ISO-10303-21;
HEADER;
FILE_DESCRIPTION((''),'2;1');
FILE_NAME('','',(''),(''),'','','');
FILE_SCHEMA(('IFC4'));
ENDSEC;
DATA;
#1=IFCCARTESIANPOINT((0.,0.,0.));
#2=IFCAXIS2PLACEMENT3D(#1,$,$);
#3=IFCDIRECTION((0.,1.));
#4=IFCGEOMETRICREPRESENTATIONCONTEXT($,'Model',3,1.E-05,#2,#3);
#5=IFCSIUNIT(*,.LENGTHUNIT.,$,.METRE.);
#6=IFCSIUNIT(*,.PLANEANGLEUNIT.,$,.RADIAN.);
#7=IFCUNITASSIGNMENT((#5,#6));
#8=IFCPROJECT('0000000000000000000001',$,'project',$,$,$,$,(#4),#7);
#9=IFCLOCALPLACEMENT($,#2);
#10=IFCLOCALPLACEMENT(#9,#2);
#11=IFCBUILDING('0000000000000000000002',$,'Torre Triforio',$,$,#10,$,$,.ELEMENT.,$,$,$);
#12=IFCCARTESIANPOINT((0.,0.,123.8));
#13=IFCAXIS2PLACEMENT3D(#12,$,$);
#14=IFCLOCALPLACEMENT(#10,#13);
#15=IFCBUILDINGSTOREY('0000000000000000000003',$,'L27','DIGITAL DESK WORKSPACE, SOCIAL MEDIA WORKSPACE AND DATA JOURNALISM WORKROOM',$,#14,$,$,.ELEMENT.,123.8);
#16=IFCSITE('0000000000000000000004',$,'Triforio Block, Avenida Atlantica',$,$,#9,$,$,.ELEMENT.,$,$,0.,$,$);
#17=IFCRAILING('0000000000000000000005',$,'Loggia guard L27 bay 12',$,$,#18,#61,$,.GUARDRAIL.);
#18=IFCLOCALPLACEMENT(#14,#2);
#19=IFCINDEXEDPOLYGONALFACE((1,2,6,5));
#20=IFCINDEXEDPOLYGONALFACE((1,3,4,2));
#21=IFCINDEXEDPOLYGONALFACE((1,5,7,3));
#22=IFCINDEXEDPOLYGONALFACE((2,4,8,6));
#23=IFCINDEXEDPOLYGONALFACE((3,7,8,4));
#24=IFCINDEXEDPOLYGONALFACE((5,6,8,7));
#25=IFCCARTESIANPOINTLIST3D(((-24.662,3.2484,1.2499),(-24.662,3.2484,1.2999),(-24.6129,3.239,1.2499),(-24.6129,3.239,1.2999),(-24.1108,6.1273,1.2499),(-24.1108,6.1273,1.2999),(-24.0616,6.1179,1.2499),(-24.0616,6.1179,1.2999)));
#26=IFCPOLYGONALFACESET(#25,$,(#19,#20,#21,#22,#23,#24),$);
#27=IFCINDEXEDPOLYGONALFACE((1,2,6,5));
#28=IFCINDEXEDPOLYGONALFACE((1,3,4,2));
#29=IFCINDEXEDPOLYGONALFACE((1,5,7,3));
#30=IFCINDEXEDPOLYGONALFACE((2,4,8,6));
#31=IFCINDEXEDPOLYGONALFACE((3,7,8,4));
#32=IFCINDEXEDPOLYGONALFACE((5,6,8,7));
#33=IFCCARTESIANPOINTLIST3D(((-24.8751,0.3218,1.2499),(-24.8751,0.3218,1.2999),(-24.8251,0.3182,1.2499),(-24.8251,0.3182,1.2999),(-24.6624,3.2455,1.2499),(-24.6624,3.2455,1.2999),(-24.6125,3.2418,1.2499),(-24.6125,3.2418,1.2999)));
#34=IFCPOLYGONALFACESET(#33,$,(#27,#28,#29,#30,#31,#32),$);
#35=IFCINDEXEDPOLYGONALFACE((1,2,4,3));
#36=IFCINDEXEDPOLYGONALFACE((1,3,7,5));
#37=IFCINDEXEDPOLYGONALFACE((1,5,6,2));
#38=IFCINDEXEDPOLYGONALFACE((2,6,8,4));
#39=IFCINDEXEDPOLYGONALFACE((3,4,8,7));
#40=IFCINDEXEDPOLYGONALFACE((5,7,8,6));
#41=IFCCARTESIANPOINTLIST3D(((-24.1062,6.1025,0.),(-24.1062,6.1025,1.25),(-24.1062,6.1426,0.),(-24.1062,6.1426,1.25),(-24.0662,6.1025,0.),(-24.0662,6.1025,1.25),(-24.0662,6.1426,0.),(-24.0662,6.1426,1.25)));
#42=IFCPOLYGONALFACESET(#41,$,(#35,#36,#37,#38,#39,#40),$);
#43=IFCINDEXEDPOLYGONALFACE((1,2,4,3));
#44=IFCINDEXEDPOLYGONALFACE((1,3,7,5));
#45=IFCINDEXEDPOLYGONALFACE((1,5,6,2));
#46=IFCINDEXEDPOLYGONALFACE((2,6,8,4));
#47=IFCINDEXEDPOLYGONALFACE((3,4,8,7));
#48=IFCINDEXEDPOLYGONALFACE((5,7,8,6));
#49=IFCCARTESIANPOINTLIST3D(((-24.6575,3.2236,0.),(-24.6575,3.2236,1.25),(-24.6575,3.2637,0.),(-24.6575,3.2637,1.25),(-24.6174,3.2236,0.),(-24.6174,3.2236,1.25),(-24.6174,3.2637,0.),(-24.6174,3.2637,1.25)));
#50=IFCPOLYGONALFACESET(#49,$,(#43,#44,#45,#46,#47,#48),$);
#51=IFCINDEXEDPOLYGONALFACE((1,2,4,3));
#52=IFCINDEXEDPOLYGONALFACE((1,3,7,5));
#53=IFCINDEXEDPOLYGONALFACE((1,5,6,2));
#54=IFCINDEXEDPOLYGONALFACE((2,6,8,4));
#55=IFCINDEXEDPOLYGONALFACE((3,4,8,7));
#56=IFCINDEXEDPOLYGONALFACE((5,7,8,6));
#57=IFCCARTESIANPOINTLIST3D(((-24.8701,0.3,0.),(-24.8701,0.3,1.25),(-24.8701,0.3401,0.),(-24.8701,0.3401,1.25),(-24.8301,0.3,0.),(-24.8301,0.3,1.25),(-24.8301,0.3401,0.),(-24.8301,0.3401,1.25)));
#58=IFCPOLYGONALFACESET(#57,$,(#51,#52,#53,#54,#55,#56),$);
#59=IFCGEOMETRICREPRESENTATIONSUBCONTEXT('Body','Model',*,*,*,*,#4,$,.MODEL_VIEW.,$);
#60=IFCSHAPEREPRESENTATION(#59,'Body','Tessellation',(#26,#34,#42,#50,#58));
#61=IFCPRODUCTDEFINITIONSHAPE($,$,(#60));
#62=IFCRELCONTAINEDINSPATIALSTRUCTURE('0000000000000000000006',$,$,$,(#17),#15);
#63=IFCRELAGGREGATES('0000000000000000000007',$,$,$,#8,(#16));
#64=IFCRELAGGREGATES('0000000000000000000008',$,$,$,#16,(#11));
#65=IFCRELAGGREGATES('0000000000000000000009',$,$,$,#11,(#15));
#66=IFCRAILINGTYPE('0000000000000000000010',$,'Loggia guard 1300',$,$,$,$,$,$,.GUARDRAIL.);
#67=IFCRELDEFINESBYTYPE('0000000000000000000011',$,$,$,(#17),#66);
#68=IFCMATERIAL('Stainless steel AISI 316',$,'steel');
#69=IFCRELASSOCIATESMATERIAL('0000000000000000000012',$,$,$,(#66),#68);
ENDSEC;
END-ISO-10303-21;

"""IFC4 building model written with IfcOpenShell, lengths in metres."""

from ifc_helpers import new_model, si_unit, direction, frame, origin, origin_2d, place, context, subcontext, project, spatial, rectangle, extrude, material, type_object, element, save


model = new_model("IFC4")

# Units and contexts
model_context = context("Model", 3, precision=1e-05, world=origin(), true_north=direction((0.0, 1.0)))
body_context = subcontext(model_context, "Body", "Model", "MODEL_VIEW")
ifc_project = project(units=[si_unit("LENGTHUNIT", "METRE"), si_unit("PLANEANGLEUNIT", "RADIAN")], contexts=[model_context])

# Site, building, storey
site_placement = place(None, origin())
site = spatial("IfcSite", under=ifc_project, at=site_placement, Name="Triforio Block, Avenida Atlantica", CompositionType="ELEMENT", RefElevation=0.0)
building_placement = place(site_placement, origin())
building = spatial("IfcBuilding", under=site, at=building_placement, Name="Torre Triforio", CompositionType="ELEMENT")
storey_placement = place(building_placement, frame((0.0, 0.0, 123.8)))
storey = spatial("IfcBuildingStorey", under=building, at=storey_placement, Name="L27", Description="DIGITAL DESK WORKSPACE, SOCIAL MEDIA WORKSPACE AND DATA JOURNALISM WORKROOM", CompositionType="ELEMENT", Elevation=123.8)

# Railing
ifc_material_1 = material(Name="Stainless steel AISI 316", Category="steel")
railing_type = type_object("IfcRailingType", Name="Loggia guard 1300", PredefinedType="GUARDRAIL", material=ifc_material_1)
railing_placement = place(storey_placement, frame((-24.0862, 6.1226, 0.0)))
element("IfcRailing", 1, at=railing_placement, inside=storey, type_object=railing_type, Name="Loggia guard L27 bay 12", PredefinedType="GUARDRAIL", context=body_context, shape_type="SweptSolid", body=[
    extrude(rectangle(XDim=0.05, YDim=0.05, at=origin_2d()), frame((0.0, 0.0, 1.2749), z_axis=(-0.188069, -0.982156, 0.0), x_axis=(0.982156, -0.188069, 0.0)), (0.0, 0.0, 1.0), 2.9312),
    extrude(rectangle(XDim=0.05, YDim=0.05, at=origin_2d()), frame((-0.5513, -2.8789, 1.2749), z_axis=(-0.072543, -0.997365, 0.0), x_axis=(0.997365, -0.072543, 0.0)), (0.0, 0.0, 1.0), 2.9314),
    extrude(rectangle(XDim=0.04, YDim=0.04, at=origin_2d()), origin(), (0.0, 0.0, 1.0), 1.25),
    extrude(rectangle(XDim=0.04, YDim=0.04, at=origin_2d()), frame((-0.5513, -2.8789, 0.0)), (0.0, 0.0, 1.0), 1.25),
    extrude(rectangle(XDim=0.04, YDim=0.04, at=origin_2d()), frame((-0.7639, -5.8025, 0.0)), (0.0, 0.0, 1.0), 1.25),
])

save(model, "model.ifc")
